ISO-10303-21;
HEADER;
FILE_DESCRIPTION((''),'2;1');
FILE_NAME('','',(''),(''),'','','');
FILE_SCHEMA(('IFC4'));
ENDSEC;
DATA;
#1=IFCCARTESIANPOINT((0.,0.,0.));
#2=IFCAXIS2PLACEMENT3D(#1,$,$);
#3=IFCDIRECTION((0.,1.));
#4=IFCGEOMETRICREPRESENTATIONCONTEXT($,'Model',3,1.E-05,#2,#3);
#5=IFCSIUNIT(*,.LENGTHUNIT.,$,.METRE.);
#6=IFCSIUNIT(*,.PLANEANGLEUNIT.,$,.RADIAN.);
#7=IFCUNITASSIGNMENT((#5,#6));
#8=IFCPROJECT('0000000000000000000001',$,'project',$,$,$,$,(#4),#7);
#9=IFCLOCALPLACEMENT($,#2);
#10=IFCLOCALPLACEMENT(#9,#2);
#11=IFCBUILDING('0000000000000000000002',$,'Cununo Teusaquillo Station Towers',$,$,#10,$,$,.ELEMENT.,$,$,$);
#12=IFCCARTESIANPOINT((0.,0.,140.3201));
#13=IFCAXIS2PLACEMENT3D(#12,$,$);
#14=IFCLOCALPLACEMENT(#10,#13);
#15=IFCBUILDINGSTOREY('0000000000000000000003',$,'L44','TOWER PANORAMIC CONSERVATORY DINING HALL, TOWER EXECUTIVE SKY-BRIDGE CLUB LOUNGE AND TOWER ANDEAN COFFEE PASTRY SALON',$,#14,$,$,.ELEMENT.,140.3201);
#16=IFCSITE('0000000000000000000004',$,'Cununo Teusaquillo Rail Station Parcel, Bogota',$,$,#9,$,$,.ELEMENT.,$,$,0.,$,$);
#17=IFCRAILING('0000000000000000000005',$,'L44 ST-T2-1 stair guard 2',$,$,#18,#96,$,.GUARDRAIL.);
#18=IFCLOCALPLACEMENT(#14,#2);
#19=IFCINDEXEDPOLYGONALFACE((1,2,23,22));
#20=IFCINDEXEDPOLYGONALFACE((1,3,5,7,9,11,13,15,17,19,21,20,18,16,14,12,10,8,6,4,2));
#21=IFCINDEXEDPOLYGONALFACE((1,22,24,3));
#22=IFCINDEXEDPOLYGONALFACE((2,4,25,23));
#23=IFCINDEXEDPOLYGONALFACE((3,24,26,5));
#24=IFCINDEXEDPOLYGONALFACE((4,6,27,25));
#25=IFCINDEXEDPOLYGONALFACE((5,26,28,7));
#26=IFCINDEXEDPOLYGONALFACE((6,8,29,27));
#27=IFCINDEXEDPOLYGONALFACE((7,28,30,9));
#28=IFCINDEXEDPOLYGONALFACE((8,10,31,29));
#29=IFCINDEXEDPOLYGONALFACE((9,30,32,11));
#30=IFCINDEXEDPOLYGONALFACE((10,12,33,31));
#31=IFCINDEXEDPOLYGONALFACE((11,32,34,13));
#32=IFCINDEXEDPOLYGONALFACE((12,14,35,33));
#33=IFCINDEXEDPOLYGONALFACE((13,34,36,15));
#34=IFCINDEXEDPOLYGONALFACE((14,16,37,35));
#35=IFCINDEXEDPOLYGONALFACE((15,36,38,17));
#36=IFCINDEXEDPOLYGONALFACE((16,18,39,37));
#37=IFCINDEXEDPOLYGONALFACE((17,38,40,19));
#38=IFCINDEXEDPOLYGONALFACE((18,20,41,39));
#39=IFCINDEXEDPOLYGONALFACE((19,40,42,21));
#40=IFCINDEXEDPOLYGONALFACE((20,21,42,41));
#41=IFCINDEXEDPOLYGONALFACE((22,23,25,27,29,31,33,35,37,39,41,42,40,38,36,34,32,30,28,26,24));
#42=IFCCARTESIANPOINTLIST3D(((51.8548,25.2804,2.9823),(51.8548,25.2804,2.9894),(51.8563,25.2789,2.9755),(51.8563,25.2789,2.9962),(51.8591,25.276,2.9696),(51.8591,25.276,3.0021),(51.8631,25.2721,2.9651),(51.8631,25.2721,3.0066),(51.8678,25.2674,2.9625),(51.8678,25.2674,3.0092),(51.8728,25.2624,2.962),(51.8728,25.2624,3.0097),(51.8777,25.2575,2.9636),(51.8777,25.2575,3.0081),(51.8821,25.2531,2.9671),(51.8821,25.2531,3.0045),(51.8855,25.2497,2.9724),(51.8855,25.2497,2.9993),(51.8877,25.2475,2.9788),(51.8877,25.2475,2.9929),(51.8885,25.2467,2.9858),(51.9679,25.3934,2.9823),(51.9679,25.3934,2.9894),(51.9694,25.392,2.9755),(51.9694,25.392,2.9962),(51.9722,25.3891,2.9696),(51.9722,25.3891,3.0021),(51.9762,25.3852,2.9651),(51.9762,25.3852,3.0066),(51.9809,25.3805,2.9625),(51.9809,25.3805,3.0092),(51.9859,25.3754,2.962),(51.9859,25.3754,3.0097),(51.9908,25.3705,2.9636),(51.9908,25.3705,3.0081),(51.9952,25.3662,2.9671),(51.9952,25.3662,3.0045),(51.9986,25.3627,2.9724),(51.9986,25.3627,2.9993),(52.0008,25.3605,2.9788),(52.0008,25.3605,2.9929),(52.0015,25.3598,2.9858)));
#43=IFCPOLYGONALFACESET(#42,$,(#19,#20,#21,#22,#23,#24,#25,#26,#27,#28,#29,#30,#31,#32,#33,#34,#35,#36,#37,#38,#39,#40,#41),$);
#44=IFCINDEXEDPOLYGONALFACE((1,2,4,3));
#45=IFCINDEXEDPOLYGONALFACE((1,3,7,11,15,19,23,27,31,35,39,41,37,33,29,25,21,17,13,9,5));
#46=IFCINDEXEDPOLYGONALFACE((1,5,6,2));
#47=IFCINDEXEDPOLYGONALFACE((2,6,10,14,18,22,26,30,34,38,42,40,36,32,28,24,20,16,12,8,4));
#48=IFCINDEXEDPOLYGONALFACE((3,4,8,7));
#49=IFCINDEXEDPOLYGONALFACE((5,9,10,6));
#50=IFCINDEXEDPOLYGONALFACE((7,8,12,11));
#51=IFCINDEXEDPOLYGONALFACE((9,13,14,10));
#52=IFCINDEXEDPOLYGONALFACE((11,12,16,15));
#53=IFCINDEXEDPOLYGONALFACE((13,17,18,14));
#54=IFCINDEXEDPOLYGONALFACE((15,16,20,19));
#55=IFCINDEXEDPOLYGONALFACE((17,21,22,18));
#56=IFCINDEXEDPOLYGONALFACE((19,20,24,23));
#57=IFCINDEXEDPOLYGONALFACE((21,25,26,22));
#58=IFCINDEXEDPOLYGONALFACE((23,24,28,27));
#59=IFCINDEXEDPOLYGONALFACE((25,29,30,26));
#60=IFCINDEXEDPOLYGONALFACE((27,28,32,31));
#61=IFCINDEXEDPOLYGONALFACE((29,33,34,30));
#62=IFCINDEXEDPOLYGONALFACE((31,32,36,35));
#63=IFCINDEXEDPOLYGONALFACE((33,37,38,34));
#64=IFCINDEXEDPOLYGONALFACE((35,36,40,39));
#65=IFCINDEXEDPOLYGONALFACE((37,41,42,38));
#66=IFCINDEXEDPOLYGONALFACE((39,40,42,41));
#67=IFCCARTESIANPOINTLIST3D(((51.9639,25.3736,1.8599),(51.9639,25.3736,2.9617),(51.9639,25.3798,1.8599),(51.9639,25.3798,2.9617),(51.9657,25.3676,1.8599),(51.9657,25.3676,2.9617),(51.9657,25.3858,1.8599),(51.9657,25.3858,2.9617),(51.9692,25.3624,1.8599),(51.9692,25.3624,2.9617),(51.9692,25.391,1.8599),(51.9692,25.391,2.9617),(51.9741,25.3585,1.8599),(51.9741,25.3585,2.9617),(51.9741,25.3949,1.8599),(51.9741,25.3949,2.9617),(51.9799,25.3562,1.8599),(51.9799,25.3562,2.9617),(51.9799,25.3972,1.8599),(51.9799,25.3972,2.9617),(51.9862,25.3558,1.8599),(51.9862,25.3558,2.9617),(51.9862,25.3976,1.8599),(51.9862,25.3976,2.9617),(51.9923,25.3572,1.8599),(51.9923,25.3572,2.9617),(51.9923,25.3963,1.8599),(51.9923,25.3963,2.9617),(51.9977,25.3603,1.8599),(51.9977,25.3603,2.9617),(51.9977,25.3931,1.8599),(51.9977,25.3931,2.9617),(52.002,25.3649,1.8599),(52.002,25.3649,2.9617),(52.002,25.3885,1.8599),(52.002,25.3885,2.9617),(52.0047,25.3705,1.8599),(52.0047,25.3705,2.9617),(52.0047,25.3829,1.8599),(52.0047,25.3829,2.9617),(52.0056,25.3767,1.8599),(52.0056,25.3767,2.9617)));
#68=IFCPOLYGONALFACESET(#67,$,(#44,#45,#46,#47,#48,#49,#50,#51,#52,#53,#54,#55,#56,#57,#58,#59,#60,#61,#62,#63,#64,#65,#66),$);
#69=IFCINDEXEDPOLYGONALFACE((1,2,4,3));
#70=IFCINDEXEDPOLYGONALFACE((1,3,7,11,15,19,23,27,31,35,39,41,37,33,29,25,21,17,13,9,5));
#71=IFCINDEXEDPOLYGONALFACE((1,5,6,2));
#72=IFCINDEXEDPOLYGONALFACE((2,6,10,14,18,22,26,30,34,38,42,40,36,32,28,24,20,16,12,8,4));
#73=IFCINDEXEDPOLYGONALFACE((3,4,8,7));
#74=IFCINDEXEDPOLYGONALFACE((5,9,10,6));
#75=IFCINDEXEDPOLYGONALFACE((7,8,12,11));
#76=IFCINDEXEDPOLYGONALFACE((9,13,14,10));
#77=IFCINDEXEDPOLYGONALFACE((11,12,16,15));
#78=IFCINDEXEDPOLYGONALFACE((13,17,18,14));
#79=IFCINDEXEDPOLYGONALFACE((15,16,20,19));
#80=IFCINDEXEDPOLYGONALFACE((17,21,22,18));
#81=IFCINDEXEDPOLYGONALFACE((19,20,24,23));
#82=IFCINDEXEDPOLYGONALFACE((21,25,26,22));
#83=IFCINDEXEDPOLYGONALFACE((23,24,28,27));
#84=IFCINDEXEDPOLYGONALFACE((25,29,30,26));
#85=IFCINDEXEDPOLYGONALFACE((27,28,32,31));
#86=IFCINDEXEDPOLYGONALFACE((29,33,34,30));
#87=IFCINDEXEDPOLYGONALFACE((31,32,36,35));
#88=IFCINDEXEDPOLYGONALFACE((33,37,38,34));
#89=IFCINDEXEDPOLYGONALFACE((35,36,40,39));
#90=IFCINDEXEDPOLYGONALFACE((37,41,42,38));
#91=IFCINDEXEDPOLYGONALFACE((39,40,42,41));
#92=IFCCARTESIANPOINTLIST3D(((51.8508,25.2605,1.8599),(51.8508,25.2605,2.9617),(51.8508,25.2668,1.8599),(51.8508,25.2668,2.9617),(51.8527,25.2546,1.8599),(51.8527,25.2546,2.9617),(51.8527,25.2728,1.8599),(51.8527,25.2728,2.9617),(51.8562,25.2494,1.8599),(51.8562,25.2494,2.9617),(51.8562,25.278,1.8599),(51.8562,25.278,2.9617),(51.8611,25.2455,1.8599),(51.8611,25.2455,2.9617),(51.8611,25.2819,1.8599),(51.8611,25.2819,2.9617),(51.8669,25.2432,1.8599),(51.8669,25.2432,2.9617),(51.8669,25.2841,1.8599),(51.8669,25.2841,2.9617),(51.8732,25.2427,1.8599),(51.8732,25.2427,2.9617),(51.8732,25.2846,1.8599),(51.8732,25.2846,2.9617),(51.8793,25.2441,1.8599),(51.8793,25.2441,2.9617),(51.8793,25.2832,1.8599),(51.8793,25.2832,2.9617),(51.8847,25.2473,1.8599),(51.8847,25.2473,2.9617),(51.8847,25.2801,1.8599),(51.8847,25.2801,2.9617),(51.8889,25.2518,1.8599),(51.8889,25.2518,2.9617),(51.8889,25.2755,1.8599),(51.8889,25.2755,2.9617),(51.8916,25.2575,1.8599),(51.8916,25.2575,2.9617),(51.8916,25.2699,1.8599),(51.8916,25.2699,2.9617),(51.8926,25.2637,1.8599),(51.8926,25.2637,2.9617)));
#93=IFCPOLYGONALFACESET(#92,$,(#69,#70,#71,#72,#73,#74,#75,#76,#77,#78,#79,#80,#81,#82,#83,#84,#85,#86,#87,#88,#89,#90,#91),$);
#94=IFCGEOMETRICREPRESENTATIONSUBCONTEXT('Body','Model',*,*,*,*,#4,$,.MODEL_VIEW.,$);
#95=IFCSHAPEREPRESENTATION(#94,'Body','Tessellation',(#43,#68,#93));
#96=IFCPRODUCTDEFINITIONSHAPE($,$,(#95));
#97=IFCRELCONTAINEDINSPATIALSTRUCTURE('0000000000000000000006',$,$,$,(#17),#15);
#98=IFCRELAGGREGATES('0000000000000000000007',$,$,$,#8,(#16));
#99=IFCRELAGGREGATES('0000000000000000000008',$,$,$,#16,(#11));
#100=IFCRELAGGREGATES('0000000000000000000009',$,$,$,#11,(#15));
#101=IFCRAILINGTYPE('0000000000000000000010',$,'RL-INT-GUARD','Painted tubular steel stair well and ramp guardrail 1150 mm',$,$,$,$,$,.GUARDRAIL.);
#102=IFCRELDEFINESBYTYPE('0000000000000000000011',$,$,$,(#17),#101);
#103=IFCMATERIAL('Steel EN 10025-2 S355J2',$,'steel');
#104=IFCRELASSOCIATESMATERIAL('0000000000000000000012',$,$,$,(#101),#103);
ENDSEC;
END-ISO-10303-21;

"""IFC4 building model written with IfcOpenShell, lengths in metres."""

from ifc_helpers import new_model, si_unit, direction, frame, origin, origin_2d, place, context, subcontext, project, spatial, circle, extrude, material, type_object, element, save


model = new_model("IFC4")

# Units and contexts
model_context = context("Model", 3, precision=1e-05, world=origin(), true_north=direction((0.0, 1.0)))
body_context = subcontext(model_context, "Body", "Model", "MODEL_VIEW")
ifc_project = project(units=[si_unit("LENGTHUNIT", "METRE"), si_unit("PLANEANGLEUNIT", "RADIAN")], contexts=[model_context])

# Site, building, storey
site_placement = place(None, origin())
site = spatial("IfcSite", under=ifc_project, at=site_placement, Name="Cununo Teusaquillo Rail Station Parcel, Bogota", CompositionType="ELEMENT", RefElevation=0.0)
building_placement = place(site_placement, origin())
building = spatial("IfcBuilding", under=site, at=building_placement, Name="Cununo Teusaquillo Station Towers", CompositionType="ELEMENT")
storey_placement = place(building_placement, frame((0.0, 0.0, 140.3201)))
storey = spatial("IfcBuildingStorey", under=building, at=storey_placement, Name="L44", Description="TOWER PANORAMIC CONSERVATORY DINING HALL, TOWER EXECUTIVE SKY-BRIDGE CLUB LOUNGE AND TOWER ANDEAN COFFEE PASTRY SALON", CompositionType="ELEMENT", Elevation=140.3201)

# Railing
ifc_material_1 = material(Name="Steel EN 10025-2 S355J2", Category="steel")
railing_type_1 = type_object("IfcRailingType", Name="RL-INT-GUARD", Description="Painted tubular steel stair well and ramp guardrail 1150 mm", PredefinedType="GUARDRAIL", material=ifc_material_1)
railing_1_placement = place(storey_placement, frame((51.9846, 25.3767, 1.8599)))
element("IfcRailing", 1, at=railing_1_placement, inside=storey, type_object=railing_type_1, Name="L44 ST-T2-1 stair guard 2", PredefinedType="GUARDRAIL", context=body_context, shape_type="SweptSolid", body=[
    extrude(circle(Radius=0.0239, at=origin_2d()), frame((0.0, 0.0, 1.126), z_axis=(-0.707107, -0.707107, 0.0), x_axis=(0.707107, -0.707107, 0.0)), (0.0, 0.0, 1.0), 0.1599),
    extrude(circle(Radius=0.021, at=origin_2d()), origin(), (0.0, 0.0, 1.0), 1.1018),
    extrude(circle(Radius=0.021, at=origin_2d()), frame((-0.113, -0.113, 0.0)), (0.0, 0.0, 1.0), 1.1018),
])

save(model, "model.ifc")
